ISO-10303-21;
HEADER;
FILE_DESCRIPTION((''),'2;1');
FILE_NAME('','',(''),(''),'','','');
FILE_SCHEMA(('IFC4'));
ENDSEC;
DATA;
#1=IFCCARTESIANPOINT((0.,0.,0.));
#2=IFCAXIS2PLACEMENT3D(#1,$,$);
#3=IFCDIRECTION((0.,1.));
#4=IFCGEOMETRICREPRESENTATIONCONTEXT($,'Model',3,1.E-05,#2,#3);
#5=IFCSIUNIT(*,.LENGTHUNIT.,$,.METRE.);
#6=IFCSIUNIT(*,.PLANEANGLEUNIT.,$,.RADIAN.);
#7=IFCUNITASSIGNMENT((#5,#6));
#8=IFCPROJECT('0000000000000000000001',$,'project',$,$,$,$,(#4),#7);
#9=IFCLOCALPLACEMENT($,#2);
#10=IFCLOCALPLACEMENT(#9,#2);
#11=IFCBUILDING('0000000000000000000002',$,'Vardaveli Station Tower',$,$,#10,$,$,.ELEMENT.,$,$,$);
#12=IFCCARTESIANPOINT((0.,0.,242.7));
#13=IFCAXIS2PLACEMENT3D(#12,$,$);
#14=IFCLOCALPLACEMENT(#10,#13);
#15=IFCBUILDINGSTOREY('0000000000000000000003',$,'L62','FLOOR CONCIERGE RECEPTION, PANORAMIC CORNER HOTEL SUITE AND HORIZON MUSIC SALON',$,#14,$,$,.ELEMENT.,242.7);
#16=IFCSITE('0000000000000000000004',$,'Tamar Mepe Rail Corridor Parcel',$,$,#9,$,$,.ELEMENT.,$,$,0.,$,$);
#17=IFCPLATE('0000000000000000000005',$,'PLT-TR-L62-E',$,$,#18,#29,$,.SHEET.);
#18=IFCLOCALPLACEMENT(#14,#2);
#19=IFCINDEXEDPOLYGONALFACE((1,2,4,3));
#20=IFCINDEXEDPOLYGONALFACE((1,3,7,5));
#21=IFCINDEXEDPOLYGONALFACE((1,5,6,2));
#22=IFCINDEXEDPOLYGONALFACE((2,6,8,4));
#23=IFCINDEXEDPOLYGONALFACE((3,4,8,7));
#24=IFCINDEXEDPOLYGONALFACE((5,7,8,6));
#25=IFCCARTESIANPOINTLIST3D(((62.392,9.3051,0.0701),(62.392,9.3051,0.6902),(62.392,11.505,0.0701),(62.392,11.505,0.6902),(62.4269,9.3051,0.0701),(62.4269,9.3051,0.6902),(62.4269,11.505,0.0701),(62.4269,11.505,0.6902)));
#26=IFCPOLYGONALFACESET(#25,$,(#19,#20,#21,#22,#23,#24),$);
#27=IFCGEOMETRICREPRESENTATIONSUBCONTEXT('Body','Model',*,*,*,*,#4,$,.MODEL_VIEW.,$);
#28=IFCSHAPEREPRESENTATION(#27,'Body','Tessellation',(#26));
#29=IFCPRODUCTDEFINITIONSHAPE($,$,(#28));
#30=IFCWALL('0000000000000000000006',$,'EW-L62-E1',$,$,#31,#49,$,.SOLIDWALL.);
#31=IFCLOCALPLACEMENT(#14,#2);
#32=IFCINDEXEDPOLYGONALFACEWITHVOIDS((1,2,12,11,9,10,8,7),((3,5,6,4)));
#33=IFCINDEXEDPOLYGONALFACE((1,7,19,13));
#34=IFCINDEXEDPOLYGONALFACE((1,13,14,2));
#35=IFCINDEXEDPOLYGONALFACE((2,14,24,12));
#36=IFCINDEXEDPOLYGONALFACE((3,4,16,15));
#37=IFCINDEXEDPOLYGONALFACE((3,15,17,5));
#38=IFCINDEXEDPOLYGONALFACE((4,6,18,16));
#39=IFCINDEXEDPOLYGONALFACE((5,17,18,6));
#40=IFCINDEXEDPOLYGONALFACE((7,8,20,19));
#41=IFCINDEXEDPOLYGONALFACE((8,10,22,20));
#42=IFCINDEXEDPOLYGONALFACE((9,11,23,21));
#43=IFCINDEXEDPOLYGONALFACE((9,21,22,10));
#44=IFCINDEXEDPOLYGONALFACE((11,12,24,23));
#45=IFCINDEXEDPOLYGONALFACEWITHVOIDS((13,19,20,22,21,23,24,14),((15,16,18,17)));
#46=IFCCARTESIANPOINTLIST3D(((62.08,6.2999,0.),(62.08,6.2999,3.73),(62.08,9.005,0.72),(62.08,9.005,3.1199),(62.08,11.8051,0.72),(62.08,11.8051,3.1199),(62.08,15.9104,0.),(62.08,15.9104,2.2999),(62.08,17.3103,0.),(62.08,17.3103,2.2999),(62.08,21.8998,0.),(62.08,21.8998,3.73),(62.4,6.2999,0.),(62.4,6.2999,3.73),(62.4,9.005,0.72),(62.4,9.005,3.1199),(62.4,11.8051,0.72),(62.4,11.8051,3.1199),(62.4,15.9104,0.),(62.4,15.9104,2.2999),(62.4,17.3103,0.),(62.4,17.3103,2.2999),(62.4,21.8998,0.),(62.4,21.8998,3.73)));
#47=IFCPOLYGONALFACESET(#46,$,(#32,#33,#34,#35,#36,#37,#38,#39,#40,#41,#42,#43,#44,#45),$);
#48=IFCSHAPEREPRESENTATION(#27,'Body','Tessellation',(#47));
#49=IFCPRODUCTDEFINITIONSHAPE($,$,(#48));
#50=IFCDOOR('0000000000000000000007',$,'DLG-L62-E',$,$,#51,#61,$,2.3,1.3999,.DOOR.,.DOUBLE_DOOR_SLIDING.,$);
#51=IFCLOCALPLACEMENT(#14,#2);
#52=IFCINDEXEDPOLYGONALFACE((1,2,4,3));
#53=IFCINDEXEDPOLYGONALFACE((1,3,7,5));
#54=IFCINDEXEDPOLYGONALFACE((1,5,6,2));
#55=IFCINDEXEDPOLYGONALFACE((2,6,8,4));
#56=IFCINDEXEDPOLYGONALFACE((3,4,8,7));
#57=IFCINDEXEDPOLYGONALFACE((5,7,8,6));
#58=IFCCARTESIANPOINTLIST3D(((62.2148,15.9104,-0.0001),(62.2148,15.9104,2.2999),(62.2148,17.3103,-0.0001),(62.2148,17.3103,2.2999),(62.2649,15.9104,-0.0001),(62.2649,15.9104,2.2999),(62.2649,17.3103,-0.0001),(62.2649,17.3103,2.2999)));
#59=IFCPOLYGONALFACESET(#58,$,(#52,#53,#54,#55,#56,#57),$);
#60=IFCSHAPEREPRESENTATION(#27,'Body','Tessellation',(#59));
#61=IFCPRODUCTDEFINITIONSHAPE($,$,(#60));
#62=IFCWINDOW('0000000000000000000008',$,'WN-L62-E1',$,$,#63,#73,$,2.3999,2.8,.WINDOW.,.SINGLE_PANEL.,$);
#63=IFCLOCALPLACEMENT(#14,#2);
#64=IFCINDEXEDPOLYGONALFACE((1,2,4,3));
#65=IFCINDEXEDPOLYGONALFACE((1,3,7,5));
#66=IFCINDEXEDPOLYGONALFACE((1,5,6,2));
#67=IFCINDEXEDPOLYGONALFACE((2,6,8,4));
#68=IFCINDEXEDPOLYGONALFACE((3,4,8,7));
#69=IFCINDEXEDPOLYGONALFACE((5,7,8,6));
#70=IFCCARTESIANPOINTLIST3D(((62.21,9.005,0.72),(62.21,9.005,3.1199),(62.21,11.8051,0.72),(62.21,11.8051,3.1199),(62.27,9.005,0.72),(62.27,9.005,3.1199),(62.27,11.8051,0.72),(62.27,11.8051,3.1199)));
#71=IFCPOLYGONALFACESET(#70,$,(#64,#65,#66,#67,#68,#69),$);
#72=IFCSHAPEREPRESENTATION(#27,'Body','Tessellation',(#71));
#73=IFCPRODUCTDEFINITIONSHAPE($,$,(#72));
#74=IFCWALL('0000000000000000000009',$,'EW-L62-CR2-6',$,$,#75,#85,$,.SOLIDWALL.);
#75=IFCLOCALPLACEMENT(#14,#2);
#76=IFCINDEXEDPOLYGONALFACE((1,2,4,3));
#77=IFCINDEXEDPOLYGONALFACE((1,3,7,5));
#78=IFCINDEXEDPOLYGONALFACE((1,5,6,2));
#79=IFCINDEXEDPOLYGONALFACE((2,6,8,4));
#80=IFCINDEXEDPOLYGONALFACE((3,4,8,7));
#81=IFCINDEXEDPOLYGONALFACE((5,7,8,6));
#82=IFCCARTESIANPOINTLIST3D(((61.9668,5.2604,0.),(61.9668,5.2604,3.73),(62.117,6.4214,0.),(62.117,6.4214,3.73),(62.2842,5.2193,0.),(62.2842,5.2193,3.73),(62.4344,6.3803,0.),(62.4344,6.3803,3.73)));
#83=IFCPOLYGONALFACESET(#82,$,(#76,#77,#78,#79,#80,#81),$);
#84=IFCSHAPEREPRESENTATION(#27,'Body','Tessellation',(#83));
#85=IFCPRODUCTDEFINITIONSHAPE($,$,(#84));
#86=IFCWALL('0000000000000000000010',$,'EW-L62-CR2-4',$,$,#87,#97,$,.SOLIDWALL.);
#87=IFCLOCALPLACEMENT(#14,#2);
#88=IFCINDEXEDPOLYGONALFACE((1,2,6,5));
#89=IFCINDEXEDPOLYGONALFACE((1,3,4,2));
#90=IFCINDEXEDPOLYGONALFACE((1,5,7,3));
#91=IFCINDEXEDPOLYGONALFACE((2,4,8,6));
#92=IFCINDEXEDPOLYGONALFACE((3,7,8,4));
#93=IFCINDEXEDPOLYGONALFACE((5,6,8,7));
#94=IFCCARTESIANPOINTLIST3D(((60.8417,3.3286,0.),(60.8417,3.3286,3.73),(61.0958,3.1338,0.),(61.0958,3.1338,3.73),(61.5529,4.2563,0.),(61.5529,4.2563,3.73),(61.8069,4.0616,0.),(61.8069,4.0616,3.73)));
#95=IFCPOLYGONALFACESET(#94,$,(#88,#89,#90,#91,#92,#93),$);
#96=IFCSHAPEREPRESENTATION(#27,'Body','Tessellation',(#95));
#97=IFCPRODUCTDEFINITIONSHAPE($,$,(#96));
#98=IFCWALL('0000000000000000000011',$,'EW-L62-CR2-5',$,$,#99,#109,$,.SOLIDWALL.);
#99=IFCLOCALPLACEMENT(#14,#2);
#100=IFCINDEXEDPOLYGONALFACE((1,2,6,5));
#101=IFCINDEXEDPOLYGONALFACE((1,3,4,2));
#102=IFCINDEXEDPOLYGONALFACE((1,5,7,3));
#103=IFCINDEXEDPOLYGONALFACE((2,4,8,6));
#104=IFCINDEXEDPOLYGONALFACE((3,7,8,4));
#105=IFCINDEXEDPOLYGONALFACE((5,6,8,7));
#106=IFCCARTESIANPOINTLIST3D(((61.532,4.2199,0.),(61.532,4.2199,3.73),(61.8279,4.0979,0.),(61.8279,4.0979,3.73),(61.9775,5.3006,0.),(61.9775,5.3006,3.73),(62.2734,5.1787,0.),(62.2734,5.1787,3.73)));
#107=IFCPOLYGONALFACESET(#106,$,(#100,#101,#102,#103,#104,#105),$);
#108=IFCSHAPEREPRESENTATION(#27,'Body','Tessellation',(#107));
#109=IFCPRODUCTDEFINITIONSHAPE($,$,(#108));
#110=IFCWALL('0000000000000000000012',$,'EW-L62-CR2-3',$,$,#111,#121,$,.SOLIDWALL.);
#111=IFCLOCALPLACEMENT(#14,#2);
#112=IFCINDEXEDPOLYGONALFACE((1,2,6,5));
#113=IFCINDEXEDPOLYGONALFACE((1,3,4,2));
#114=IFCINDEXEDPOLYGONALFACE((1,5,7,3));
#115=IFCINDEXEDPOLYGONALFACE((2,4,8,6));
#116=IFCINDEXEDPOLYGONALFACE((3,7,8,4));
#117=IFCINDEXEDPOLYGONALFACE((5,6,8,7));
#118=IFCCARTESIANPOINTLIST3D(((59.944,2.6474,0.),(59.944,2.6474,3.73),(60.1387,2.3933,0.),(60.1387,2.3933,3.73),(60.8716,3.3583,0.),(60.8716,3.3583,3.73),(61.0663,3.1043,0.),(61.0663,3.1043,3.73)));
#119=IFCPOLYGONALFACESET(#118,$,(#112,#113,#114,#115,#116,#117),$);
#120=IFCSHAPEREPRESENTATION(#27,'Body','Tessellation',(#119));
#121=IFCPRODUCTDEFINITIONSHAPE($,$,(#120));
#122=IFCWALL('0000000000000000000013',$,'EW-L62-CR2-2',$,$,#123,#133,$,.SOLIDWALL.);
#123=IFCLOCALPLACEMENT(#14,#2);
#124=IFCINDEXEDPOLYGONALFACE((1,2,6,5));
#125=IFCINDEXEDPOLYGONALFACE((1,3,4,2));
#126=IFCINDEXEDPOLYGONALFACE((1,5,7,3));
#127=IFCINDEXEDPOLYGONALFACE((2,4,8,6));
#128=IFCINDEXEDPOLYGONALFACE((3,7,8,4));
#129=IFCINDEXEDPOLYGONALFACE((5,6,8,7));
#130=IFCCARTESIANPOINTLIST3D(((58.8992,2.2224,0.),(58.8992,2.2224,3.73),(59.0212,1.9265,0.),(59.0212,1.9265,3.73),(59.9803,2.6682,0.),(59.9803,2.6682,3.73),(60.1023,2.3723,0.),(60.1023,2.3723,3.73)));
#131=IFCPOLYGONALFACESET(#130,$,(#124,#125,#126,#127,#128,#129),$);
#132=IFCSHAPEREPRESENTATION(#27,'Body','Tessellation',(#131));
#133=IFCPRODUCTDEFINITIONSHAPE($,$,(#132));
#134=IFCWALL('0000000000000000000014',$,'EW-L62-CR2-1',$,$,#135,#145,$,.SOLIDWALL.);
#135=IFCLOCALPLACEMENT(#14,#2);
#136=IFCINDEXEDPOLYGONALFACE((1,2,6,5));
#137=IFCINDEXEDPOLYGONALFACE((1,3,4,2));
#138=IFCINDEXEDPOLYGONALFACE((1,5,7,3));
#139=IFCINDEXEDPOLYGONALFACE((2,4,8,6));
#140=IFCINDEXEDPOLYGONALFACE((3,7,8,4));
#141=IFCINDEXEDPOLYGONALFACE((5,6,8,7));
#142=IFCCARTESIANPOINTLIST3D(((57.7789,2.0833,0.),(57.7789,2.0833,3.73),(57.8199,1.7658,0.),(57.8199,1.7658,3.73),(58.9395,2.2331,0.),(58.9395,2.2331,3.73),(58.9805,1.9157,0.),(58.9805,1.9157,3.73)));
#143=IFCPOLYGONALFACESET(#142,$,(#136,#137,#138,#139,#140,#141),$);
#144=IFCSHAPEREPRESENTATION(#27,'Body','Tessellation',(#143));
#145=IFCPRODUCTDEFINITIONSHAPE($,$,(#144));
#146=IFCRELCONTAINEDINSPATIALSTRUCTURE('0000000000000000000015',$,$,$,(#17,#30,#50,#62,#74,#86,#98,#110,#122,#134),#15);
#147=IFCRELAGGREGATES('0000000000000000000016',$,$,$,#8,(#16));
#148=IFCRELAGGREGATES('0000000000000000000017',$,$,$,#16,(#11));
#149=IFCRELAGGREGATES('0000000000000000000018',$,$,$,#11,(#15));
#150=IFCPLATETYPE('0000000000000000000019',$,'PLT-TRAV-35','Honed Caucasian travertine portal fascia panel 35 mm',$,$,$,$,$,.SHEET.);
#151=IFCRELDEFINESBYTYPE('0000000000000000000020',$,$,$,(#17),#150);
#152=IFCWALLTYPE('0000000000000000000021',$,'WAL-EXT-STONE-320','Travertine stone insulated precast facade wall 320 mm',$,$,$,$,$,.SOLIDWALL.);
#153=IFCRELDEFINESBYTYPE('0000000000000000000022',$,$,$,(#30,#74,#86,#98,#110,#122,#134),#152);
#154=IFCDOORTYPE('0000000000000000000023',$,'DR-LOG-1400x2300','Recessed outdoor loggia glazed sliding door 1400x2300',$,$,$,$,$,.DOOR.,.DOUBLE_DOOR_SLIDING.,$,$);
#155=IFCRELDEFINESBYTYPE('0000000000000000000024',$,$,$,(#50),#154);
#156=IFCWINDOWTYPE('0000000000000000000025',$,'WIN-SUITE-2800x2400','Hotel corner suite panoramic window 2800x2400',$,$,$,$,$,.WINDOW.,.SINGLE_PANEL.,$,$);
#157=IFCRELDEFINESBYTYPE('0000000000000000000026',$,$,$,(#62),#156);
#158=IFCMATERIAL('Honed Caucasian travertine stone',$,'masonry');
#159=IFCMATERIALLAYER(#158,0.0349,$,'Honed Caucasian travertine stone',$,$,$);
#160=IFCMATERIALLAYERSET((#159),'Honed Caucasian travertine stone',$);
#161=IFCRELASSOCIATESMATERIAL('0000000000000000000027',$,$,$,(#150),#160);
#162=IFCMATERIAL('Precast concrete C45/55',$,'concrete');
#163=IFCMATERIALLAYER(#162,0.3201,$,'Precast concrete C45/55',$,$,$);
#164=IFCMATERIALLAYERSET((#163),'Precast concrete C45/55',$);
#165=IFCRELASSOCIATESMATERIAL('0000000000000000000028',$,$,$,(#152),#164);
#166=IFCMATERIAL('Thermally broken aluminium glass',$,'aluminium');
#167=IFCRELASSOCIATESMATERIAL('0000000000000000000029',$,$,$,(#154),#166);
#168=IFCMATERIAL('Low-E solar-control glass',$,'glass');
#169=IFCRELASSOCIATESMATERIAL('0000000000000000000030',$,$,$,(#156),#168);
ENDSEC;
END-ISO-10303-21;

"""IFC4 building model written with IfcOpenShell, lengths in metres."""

from ifc_helpers import new_model, si_unit, direction, frame, frame_2d, origin, origin_2d, place, context, subcontext, project, spatial, rectangle, extrude, source, transform, mapped, material, layer, layer_set, type_object, element, fill, save


model = new_model("IFC4")

# Units and contexts
model_context = context("Model", 3, precision=1e-05, world=origin(), true_north=direction((0.0, 1.0)))
body_context = subcontext(model_context, "Body", "Model", "MODEL_VIEW")
ifc_project = project(units=[si_unit("LENGTHUNIT", "METRE"), si_unit("PLANEANGLEUNIT", "RADIAN")], contexts=[model_context])

# Site, building, storey
site_placement = place(None, origin())
site = spatial("IfcSite", under=ifc_project, at=site_placement, Name="Tamar Mepe Rail Corridor Parcel", CompositionType="ELEMENT", RefElevation=0.0)
building_placement = place(site_placement, origin())
building = spatial("IfcBuilding", under=site, at=building_placement, Name="Vardaveli Station Tower", CompositionType="ELEMENT")
storey_placement = place(building_placement, frame((0.0, 0.0, 242.7)))
storey = spatial("IfcBuildingStorey", under=building, at=storey_placement, Name="L62", Description="FLOOR CONCIERGE RECEPTION, PANORAMIC CORNER HOTEL SUITE AND HORIZON MUSIC SALON", CompositionType="ELEMENT", Elevation=242.7)

# Plate
ifc_material_1 = material(Name="Honed Caucasian travertine stone", Category="masonry")
ifc_layer_1 = layer(ifc_material_1, 0.0349, Name="Honed Caucasian travertine stone")
ifc_layer_set_1 = layer_set([ifc_layer_1], Name="Honed Caucasian travertine stone")
plate_type = type_object("IfcPlateType", Name="PLT-TRAV-35", Description="Honed Caucasian travertine portal fascia panel 35 mm", PredefinedType="SHEET", material=ifc_layer_set_1)
shared_shape_1 = source(origin(), body_context, "Body", "SweptSolid", [
    extrude(rectangle(XDim=2.2, YDim=0.0349, at=origin_2d()), origin(), (0.0, 0.0, 1.0), 0.6201),
])
plate_placement = place(storey_placement, frame((62.4094, 10.405, 0.0701), z_axis=(0.0, 0.0, 1.0), x_axis=(0.0, 1.0, 0.0)))
element("IfcPlate", 1, at=plate_placement, inside=storey, type_object=plate_type, Name="PLT-TR-L62-E", PredefinedType="SHEET", context=body_context, shape_type="MappedRepresentation", body=[
    mapped(shared_shape_1, transform((0.0, 0.0, 0.0), scale=1.0)),
])

# Wall, openings, door, window
ifc_material_2 = material(Name="Precast concrete C45/55", Category="concrete")
ifc_layer_2 = layer(ifc_material_2, 0.3201, Name="Precast concrete C45/55")
ifc_layer_set_2 = layer_set([ifc_layer_2], Name="Precast concrete C45/55")
wall_type_1 = type_object("IfcWallType", Name="WAL-EXT-STONE-320", Description="Travertine stone insulated precast facade wall 320 mm", PredefinedType="SOLIDWALL", material=ifc_layer_set_2)
shared_shape_2 = source(origin(), body_context, "Body", "SweptSolid", [
    extrude(rectangle(XDim=15.5999, YDim=0.3201, at=frame_2d((7.7998, 0.0))), origin(), (0.0, 0.0, 1.0), 3.73),
])
wall_1_placement = place(storey_placement, frame((62.24, 6.3, 0.0), z_axis=(0.0, 0.0, 1.0), x_axis=(0.0, 1.0, 0.0)))
wall_1 = element("IfcWall", 2, at=wall_1_placement, inside=storey, type_object=wall_type_1, Name="EW-L62-E1", PredefinedType="SOLIDWALL", context=body_context, shape_type="MappedRepresentation", body=[
    mapped(shared_shape_2, transform((0.0, 0.0, 0.0), scale=1.0)),
])
shared_shape_3 = source(origin(), body_context, "Body", "SweptSolid", [
    extrude(rectangle(XDim=1.3999, YDim=2.3, at=frame_2d((0.7, 1.1499))), frame((0.0, 0.1699, 0.0), z_axis=(0.0, -1.0, 0.0), x_axis=(1.0, 0.0, 0.0)), (0.0, 0.0, 1.0), 0.3401),
])
opening_1_placement = place(wall_1_placement, frame((9.6104, 0.0, 0.0)))
opening_1 = element("IfcOpeningElement", 3, at=opening_1_placement, cuts=wall_1, PredefinedType="OPENING", context=body_context, shape_type="MappedRepresentation", body=[
    mapped(shared_shape_3, transform((0.0, 0.0, 0.0), scale=1.0)),
])
shared_shape_4 = source(origin(), body_context, "Body", "SweptSolid", [
    extrude(rectangle(XDim=2.8, YDim=2.3999, at=frame_2d((1.3999, 1.2))), frame((0.0, 0.1699, 0.0), z_axis=(0.0, -1.0, 0.0), x_axis=(1.0, 0.0, 0.0)), (0.0, 0.0, 1.0), 0.3401),
])
opening_2_placement = place(wall_1_placement, frame((2.7051, 0.0, 0.72)))
opening_2 = element("IfcOpeningElement", 4, at=opening_2_placement, cuts=wall_1, PredefinedType="OPENING", context=body_context, shape_type="MappedRepresentation", body=[
    mapped(shared_shape_4, transform((0.0, 0.0, 0.0), scale=1.0)),
])
ifc_material_3 = material(Name="Thermally broken aluminium glass", Category="aluminium")
door_type_1 = type_object("IfcDoorType", Name="DR-LOG-1400x2300", Description="Recessed outdoor loggia glazed sliding door 1400x2300", OperationType="DOUBLE_DOOR_SLIDING", PredefinedType="DOOR", material=ifc_material_3)
shared_shape_5 = source(origin(), body_context, "Body", "SweptSolid", [
    extrude(rectangle(XDim=1.3999, YDim=2.3, at=frame_2d((0.7, 1.1499))), frame((0.0, 0.0249, 0.0), z_axis=(0.0, -1.0, 0.0), x_axis=(1.0, 0.0, 0.0)), (0.0, 0.0, 1.0), 0.05),
])
door_1_placement = place(opening_1_placement, frame((1.3999, 0.0, 0.0), z_axis=(0.0, 0.0, 1.0), x_axis=(-1.0, 0.0, 0.0)))
door_1 = element("IfcDoor", 5, at=door_1_placement, inside=storey, type_object=door_type_1, Name="DLG-L62-E", OperationType="DOUBLE_DOOR_SLIDING", OverallHeight=2.3, OverallWidth=1.3999, PredefinedType="DOOR", context=body_context, shape_type="MappedRepresentation", body=[
    mapped(shared_shape_5, transform((0.0, 0.0, 0.0), scale=1.0)),
])
fill(opening_1, door_1)
ifc_material_4 = material(Name="Low-E solar-control glass", Category="glass")
window_type = type_object("IfcWindowType", Name="WIN-SUITE-2800x2400", Description="Hotel corner suite panoramic window 2800x2400", PartitioningType="SINGLE_PANEL", PredefinedType="WINDOW", material=ifc_material_4)
shared_shape_6 = source(origin(), body_context, "Body", "SweptSolid", [
    extrude(rectangle(XDim=2.8, YDim=2.3999, at=frame_2d((1.3999, 1.2))), frame((0.0, 0.03, 0.0), z_axis=(0.0, -1.0, 0.0), x_axis=(1.0, 0.0, 0.0)), (0.0, 0.0, 1.0), 0.0601),
])
window_placement = place(opening_2_placement, origin())
window = element("IfcWindow", 6, at=window_placement, inside=storey, type_object=window_type, Name="WN-L62-E1", OverallHeight=2.3999, OverallWidth=2.8, PartitioningType="SINGLE_PANEL", PredefinedType="WINDOW", context=body_context, shape_type="MappedRepresentation", body=[
    mapped(shared_shape_6, transform((0.0, 0.0, 0.0), scale=1.0)),
])
fill(opening_2, window)

# Walls
shared_shape_7 = source(origin(), body_context, "Body", "SweptSolid", [
    extrude(rectangle(XDim=1.1707, YDim=0.3201, at=frame_2d((0.5854, 0.0))), origin(), (0.0, 0.0, 1.0), 3.73),
])
wall_2_placement = place(storey_placement, frame((62.1255, 5.2397, 0.0), z_axis=(0.0, 0.0, 1.0), x_axis=(0.128269, 0.991739, 0.0)))
element("IfcWall", 7, at=wall_2_placement, inside=storey, type_object=wall_type_1, Name="EW-L62-CR2-6", PredefinedType="SOLIDWALL", context=body_context, shape_type="MappedRepresentation", body=[
    mapped(shared_shape_7, transform((0.0, 0.0, 0.0), scale=1.0)),
])
shared_shape_8 = source(origin(), body_context, "Body", "SweptSolid", [
    extrude(rectangle(XDim=1.1689, YDim=0.3201, at=frame_2d((0.5845, 0.0))), origin(), (0.0, 0.0, 1.0), 3.73),
])
for number, where, z_axis, x_axis, name in (
    (8, (60.9688, 3.2312, 0.0), (0.0, 0.0, 1.0), (0.608388, 0.79364, 0.0), "EW-L62-CR2-4"),
    (9, (61.6799, 4.1589, 0.0), (0.0, 0.0, 1.0), (0.381128, 0.924522, 0.0), "EW-L62-CR2-5"),
):
    element("IfcWall", number, at=place(storey_placement, frame(where, z_axis=z_axis, x_axis=x_axis)), inside=storey, type_object=wall_type_1, Name=name, PredefinedType="SOLIDWALL", context=body_context, shape_type="MappedRepresentation", body=[
        mapped(shared_shape_8, transform((0.0, 0.0, 0.0), scale=1.0)),
    ])
shared_shape_9 = source(origin(), body_context, "Body", "SweptSolid", [
    extrude(rectangle(XDim=1.1687, YDim=0.3201, at=frame_2d((0.5845, 0.0))), origin(), (0.0, 0.0, 1.0), 3.73),
])
wall_3_placement = place(storey_placement, frame((60.0413, 2.5203, 0.0), z_axis=(0.0, 0.0, 1.0), x_axis=(0.793664, 0.608357, 0.0)))
element("IfcWall", 10, at=wall_3_placement, inside=storey, type_object=wall_type_1, Name="EW-L62-CR2-3", PredefinedType="SOLIDWALL", context=body_context, shape_type="MappedRepresentation", body=[
    mapped(shared_shape_9, transform((0.0, 0.0, 0.0), scale=1.0)),
])
shared_shape_10 = source(origin(), body_context, "Body", "SweptSolid", [
    extrude(rectangle(XDim=1.1694, YDim=0.3201, at=frame_2d((0.5847, 0.0))), origin(), (0.0, 0.0, 1.0), 3.73),
])
wall_4_placement = place(storey_placement, frame((58.9602, 2.0745, 0.0), z_axis=(0.0, 0.0, 1.0), x_axis=(0.924479, 0.381233, 0.0)))
element("IfcWall", 11, at=wall_4_placement, inside=storey, type_object=wall_type_1, Name="EW-L62-CR2-2", PredefinedType="SOLIDWALL", context=body_context, shape_type="MappedRepresentation", body=[
    mapped(shared_shape_10, transform((0.0, 0.0, 0.0), scale=1.0)),
])
shared_shape_11 = source(origin(), body_context, "Body", "SweptSolid", [
    extrude(rectangle(XDim=1.1702, YDim=0.3201, at=frame_2d((0.585, 0.0))), origin(), (0.0, 0.0, 1.0), 3.73),
])
wall_5_placement = place(storey_placement, frame((57.7996, 1.9246, 0.0), z_axis=(0.0, 0.0, 1.0), x_axis=(0.991762, 0.12809, 0.0)))
element("IfcWall", 12, at=wall_5_placement, inside=storey, type_object=wall_type_1, Name="EW-L62-CR2-1", PredefinedType="SOLIDWALL", context=body_context, shape_type="MappedRepresentation", body=[
    mapped(shared_shape_11, transform((0.0, 0.0, 0.0), scale=1.0)),
])

save(model, "model.ifc")
